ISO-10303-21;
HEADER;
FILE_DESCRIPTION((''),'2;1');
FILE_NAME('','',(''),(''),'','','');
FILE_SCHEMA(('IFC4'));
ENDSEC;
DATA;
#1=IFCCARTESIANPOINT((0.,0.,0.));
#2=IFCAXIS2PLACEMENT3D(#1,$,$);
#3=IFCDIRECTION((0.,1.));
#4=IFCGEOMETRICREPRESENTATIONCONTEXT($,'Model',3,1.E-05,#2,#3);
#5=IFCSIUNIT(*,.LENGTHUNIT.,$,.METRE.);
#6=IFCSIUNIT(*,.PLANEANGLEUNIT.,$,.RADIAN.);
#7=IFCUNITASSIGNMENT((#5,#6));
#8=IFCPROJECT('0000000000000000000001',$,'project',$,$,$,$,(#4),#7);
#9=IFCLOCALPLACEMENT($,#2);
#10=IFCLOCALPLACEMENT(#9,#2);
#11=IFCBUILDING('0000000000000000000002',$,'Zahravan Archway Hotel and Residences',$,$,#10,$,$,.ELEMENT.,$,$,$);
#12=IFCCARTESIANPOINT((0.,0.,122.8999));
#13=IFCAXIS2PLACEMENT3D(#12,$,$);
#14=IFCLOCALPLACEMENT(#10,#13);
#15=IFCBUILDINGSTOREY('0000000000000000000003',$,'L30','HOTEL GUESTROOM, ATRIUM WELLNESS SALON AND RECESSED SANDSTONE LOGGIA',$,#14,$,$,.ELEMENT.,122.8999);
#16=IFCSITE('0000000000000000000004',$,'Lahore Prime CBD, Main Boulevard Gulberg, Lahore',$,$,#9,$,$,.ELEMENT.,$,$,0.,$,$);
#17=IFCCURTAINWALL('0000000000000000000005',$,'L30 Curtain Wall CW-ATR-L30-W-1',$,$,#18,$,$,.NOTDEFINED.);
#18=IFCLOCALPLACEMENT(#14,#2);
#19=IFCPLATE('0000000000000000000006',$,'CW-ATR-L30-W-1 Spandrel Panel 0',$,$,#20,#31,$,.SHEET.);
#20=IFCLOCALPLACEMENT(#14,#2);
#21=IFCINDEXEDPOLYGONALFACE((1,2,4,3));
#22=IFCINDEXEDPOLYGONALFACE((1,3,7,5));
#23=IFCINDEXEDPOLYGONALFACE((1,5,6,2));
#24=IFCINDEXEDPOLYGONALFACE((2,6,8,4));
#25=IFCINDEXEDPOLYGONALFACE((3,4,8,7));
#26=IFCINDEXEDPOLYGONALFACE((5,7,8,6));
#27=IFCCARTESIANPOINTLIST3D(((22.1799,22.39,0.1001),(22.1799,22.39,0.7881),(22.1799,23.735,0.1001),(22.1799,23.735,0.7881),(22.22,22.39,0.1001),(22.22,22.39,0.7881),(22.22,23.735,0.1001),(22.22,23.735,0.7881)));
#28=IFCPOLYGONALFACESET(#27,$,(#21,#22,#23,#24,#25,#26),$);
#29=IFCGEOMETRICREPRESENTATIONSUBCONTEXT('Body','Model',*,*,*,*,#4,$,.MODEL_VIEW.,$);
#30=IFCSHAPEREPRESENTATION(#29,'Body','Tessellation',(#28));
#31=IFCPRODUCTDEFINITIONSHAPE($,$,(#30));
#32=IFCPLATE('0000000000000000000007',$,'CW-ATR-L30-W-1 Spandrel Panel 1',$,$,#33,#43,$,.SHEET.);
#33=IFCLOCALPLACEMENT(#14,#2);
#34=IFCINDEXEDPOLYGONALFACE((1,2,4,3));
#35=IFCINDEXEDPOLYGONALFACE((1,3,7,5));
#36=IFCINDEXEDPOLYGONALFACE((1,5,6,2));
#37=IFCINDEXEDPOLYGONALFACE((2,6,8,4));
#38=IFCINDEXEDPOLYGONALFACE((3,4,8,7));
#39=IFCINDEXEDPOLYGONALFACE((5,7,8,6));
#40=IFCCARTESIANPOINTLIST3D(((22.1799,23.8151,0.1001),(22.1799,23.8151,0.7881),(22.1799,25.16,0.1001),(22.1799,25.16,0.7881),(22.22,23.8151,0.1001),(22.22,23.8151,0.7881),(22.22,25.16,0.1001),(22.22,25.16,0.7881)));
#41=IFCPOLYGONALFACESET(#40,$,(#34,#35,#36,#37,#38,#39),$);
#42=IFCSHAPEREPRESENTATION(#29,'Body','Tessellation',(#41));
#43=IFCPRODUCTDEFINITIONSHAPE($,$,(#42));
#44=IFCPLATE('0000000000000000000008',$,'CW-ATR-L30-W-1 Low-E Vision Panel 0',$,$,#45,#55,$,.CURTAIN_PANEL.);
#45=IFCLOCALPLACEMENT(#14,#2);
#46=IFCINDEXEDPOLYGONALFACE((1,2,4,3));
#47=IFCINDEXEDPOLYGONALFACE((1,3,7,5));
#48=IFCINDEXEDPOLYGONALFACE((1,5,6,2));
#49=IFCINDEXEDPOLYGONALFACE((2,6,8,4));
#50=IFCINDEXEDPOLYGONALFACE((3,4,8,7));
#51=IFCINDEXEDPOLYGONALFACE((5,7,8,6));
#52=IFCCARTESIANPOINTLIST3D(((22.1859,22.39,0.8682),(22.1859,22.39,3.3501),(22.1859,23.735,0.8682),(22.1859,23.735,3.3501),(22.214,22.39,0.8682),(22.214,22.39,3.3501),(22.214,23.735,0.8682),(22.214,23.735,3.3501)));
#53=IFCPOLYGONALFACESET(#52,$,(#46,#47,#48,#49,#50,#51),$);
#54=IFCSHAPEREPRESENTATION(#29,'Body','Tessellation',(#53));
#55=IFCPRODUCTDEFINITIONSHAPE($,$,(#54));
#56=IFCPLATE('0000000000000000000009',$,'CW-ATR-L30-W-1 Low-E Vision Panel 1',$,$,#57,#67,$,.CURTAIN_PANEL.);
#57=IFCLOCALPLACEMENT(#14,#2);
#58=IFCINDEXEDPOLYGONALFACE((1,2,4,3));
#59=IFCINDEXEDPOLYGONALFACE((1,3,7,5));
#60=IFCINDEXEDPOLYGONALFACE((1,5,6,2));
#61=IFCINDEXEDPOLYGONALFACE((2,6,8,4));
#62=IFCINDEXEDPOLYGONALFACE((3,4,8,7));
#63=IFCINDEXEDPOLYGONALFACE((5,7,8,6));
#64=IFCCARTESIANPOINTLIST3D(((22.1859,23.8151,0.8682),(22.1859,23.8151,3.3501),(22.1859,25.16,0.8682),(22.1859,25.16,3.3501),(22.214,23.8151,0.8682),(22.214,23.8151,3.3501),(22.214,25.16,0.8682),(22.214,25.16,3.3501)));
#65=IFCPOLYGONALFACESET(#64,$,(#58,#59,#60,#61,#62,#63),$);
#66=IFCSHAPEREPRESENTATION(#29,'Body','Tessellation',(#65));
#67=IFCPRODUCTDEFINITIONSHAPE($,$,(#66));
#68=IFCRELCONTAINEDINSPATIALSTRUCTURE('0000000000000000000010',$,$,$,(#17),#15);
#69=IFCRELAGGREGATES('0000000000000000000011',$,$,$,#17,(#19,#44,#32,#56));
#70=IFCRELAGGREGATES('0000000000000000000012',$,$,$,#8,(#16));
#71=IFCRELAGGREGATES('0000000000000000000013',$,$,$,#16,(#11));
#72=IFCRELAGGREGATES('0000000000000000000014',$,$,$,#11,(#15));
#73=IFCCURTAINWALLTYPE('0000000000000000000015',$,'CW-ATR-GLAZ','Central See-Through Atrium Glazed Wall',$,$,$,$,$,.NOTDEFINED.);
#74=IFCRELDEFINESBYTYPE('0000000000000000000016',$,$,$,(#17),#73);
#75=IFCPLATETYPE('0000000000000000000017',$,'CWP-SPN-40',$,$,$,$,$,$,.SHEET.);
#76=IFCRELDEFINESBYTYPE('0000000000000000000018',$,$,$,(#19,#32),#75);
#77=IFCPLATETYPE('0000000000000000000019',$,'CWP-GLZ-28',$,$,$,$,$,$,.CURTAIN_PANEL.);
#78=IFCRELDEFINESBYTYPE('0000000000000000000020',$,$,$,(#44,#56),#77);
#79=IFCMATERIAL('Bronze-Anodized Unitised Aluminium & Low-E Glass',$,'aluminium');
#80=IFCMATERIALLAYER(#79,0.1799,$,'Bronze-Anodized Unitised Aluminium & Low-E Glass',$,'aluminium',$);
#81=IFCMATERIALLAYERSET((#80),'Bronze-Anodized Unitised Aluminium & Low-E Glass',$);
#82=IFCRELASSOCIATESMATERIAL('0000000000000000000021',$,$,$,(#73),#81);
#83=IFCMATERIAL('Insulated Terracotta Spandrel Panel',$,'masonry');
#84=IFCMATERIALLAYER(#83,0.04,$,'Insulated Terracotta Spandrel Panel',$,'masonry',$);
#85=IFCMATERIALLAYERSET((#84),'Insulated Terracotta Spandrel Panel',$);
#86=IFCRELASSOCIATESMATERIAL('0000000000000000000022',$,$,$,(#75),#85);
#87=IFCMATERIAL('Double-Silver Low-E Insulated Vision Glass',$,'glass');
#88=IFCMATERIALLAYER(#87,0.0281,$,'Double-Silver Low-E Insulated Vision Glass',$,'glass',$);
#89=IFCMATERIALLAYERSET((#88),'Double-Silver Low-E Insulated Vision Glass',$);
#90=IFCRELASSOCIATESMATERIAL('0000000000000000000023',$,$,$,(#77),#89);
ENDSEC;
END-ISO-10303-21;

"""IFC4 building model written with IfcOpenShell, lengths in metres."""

from ifc_helpers import new_model, si_unit, direction, frame, origin, origin_2d, place, context, subcontext, project, spatial, rectangle, extrude, source, transform, mapped, material, layer, layer_set, type_object, element, aggregate, save


model = new_model("IFC4")

# Units and contexts
model_context = context("Model", 3, precision=1e-05, world=origin(), true_north=direction((0.0, 1.0)))
body_context = subcontext(model_context, "Body", "Model", "MODEL_VIEW")
ifc_project = project(units=[si_unit("LENGTHUNIT", "METRE"), si_unit("PLANEANGLEUNIT", "RADIAN")], contexts=[model_context])

# Site, building, storey
site_placement = place(None, origin())
site = spatial("IfcSite", under=ifc_project, at=site_placement, Name="Lahore Prime CBD, Main Boulevard Gulberg, Lahore", CompositionType="ELEMENT", RefElevation=0.0)
building_placement = place(site_placement, origin())
building = spatial("IfcBuilding", under=site, at=building_placement, Name="Zahravan Archway Hotel and Residences", CompositionType="ELEMENT")
storey_placement = place(building_placement, frame((0.0, 0.0, 122.8999)))
storey = spatial("IfcBuildingStorey", under=building, at=storey_placement, Name="L30", Description="HOTEL GUESTROOM, ATRIUM WELLNESS SALON AND RECESSED SANDSTONE LOGGIA", CompositionType="ELEMENT", Elevation=122.8999)

# Curtain wall
ifc_material_1 = material(Name="Bronze-Anodized Unitised Aluminium & Low-E Glass", Category="aluminium")
ifc_layer_1 = layer(ifc_material_1, 0.1799, Name="Bronze-Anodized Unitised Aluminium & Low-E Glass", Category="aluminium")
ifc_layer_set_1 = layer_set([ifc_layer_1], Name="Bronze-Anodized Unitised Aluminium & Low-E Glass")
curtain_wall_type = type_object("IfcCurtainWallType", Name="CW-ATR-GLAZ", Description="Central See-Through Atrium Glazed Wall", PredefinedType="NOTDEFINED", material=ifc_layer_set_1)
curtain_wall_1_placement = place(storey_placement, origin())
curtain_wall_1 = element("IfcCurtainWall", 1, at=curtain_wall_1_placement, inside=storey, type_object=curtain_wall_type, Name="L30 Curtain Wall CW-ATR-L30-W-1", PredefinedType="NOTDEFINED")

# Plates
ifc_material_2 = material(Name="Insulated Terracotta Spandrel Panel", Category="masonry")
ifc_layer_2 = layer(ifc_material_2, 0.04, Name="Insulated Terracotta Spandrel Panel", Category="masonry")
ifc_layer_set_2 = layer_set([ifc_layer_2], Name="Insulated Terracotta Spandrel Panel")
plate_type_1 = type_object("IfcPlateType", Name="CWP-SPN-40", PredefinedType="SHEET", material=ifc_layer_set_2)
ifc_material_3 = material(Name="Double-Silver Low-E Insulated Vision Glass", Category="glass")
ifc_layer_3 = layer(ifc_material_3, 0.0281, Name="Double-Silver Low-E Insulated Vision Glass", Category="glass")
ifc_layer_set_3 = layer_set([ifc_layer_3], Name="Double-Silver Low-E Insulated Vision Glass")
plate_type_2 = type_object("IfcPlateType", Name="CWP-GLZ-28", PredefinedType="CURTAIN_PANEL", material=ifc_layer_set_3)
shared_shape_1 = source(origin(), body_context, "Body", "SweptSolid", [
    extrude(rectangle(XDim=1.345, YDim=0.04, at=origin_2d()), origin(), (0.0, 0.0, 1.0), 0.688),
])
plate_1_placement = place(storey_placement, frame((22.2, 23.0625, 0.1001), z_axis=(0.0, 0.0, 1.0), x_axis=(0.0, 1.0, 0.0)))
plate_1 = element("IfcPlate", 2, at=plate_1_placement, type_object=plate_type_1, Name="CW-ATR-L30-W-1 Spandrel Panel 0", PredefinedType="SHEET", context=body_context, shape_type="MappedRepresentation", body=[
    mapped(shared_shape_1, transform((0.0, 0.0, 0.0), scale=1.0)),
])
plate_2_placement = place(storey_placement, frame((22.2, 24.4875, 0.1001), z_axis=(0.0, 0.0, 1.0), x_axis=(0.0, 1.0, 0.0)))
plate_2 = element("IfcPlate", 3, at=plate_2_placement, type_object=plate_type_1, Name="CW-ATR-L30-W-1 Spandrel Panel 1", PredefinedType="SHEET", context=body_context, shape_type="MappedRepresentation", body=[
    mapped(shared_shape_1, transform((0.0, 0.0, 0.0), scale=1.0)),
])
shared_shape_2 = source(origin(), body_context, "Body", "SweptSolid", [
    extrude(rectangle(XDim=1.345, YDim=0.0281, at=origin_2d()), origin(), (0.0, 0.0, 1.0), 2.4819),
])
plate_3_placement = place(storey_placement, frame((22.2, 23.0625, 0.8682), z_axis=(0.0, 0.0, 1.0), x_axis=(0.0, 1.0, 0.0)))
plate_3 = element("IfcPlate", 4, at=plate_3_placement, type_object=plate_type_2, Name="CW-ATR-L30-W-1 Low-E Vision Panel 0", PredefinedType="CURTAIN_PANEL", context=body_context, shape_type="MappedRepresentation", body=[
    mapped(shared_shape_2, transform((0.0, 0.0, 0.0), scale=1.0)),
])
plate_4_placement = place(storey_placement, frame((22.2, 24.4875, 0.8682), z_axis=(0.0, 0.0, 1.0), x_axis=(0.0, 1.0, 0.0)))
plate_4 = element("IfcPlate", 5, at=plate_4_placement, type_object=plate_type_2, Name="CW-ATR-L30-W-1 Low-E Vision Panel 1", PredefinedType="CURTAIN_PANEL", context=body_context, shape_type="MappedRepresentation", body=[
    mapped(shared_shape_2, transform((0.0, 0.0, 0.0), scale=1.0)),
])
aggregate(curtain_wall_1, [plate_1, plate_3, plate_2, plate_4])

save(model, "model.ifc")
